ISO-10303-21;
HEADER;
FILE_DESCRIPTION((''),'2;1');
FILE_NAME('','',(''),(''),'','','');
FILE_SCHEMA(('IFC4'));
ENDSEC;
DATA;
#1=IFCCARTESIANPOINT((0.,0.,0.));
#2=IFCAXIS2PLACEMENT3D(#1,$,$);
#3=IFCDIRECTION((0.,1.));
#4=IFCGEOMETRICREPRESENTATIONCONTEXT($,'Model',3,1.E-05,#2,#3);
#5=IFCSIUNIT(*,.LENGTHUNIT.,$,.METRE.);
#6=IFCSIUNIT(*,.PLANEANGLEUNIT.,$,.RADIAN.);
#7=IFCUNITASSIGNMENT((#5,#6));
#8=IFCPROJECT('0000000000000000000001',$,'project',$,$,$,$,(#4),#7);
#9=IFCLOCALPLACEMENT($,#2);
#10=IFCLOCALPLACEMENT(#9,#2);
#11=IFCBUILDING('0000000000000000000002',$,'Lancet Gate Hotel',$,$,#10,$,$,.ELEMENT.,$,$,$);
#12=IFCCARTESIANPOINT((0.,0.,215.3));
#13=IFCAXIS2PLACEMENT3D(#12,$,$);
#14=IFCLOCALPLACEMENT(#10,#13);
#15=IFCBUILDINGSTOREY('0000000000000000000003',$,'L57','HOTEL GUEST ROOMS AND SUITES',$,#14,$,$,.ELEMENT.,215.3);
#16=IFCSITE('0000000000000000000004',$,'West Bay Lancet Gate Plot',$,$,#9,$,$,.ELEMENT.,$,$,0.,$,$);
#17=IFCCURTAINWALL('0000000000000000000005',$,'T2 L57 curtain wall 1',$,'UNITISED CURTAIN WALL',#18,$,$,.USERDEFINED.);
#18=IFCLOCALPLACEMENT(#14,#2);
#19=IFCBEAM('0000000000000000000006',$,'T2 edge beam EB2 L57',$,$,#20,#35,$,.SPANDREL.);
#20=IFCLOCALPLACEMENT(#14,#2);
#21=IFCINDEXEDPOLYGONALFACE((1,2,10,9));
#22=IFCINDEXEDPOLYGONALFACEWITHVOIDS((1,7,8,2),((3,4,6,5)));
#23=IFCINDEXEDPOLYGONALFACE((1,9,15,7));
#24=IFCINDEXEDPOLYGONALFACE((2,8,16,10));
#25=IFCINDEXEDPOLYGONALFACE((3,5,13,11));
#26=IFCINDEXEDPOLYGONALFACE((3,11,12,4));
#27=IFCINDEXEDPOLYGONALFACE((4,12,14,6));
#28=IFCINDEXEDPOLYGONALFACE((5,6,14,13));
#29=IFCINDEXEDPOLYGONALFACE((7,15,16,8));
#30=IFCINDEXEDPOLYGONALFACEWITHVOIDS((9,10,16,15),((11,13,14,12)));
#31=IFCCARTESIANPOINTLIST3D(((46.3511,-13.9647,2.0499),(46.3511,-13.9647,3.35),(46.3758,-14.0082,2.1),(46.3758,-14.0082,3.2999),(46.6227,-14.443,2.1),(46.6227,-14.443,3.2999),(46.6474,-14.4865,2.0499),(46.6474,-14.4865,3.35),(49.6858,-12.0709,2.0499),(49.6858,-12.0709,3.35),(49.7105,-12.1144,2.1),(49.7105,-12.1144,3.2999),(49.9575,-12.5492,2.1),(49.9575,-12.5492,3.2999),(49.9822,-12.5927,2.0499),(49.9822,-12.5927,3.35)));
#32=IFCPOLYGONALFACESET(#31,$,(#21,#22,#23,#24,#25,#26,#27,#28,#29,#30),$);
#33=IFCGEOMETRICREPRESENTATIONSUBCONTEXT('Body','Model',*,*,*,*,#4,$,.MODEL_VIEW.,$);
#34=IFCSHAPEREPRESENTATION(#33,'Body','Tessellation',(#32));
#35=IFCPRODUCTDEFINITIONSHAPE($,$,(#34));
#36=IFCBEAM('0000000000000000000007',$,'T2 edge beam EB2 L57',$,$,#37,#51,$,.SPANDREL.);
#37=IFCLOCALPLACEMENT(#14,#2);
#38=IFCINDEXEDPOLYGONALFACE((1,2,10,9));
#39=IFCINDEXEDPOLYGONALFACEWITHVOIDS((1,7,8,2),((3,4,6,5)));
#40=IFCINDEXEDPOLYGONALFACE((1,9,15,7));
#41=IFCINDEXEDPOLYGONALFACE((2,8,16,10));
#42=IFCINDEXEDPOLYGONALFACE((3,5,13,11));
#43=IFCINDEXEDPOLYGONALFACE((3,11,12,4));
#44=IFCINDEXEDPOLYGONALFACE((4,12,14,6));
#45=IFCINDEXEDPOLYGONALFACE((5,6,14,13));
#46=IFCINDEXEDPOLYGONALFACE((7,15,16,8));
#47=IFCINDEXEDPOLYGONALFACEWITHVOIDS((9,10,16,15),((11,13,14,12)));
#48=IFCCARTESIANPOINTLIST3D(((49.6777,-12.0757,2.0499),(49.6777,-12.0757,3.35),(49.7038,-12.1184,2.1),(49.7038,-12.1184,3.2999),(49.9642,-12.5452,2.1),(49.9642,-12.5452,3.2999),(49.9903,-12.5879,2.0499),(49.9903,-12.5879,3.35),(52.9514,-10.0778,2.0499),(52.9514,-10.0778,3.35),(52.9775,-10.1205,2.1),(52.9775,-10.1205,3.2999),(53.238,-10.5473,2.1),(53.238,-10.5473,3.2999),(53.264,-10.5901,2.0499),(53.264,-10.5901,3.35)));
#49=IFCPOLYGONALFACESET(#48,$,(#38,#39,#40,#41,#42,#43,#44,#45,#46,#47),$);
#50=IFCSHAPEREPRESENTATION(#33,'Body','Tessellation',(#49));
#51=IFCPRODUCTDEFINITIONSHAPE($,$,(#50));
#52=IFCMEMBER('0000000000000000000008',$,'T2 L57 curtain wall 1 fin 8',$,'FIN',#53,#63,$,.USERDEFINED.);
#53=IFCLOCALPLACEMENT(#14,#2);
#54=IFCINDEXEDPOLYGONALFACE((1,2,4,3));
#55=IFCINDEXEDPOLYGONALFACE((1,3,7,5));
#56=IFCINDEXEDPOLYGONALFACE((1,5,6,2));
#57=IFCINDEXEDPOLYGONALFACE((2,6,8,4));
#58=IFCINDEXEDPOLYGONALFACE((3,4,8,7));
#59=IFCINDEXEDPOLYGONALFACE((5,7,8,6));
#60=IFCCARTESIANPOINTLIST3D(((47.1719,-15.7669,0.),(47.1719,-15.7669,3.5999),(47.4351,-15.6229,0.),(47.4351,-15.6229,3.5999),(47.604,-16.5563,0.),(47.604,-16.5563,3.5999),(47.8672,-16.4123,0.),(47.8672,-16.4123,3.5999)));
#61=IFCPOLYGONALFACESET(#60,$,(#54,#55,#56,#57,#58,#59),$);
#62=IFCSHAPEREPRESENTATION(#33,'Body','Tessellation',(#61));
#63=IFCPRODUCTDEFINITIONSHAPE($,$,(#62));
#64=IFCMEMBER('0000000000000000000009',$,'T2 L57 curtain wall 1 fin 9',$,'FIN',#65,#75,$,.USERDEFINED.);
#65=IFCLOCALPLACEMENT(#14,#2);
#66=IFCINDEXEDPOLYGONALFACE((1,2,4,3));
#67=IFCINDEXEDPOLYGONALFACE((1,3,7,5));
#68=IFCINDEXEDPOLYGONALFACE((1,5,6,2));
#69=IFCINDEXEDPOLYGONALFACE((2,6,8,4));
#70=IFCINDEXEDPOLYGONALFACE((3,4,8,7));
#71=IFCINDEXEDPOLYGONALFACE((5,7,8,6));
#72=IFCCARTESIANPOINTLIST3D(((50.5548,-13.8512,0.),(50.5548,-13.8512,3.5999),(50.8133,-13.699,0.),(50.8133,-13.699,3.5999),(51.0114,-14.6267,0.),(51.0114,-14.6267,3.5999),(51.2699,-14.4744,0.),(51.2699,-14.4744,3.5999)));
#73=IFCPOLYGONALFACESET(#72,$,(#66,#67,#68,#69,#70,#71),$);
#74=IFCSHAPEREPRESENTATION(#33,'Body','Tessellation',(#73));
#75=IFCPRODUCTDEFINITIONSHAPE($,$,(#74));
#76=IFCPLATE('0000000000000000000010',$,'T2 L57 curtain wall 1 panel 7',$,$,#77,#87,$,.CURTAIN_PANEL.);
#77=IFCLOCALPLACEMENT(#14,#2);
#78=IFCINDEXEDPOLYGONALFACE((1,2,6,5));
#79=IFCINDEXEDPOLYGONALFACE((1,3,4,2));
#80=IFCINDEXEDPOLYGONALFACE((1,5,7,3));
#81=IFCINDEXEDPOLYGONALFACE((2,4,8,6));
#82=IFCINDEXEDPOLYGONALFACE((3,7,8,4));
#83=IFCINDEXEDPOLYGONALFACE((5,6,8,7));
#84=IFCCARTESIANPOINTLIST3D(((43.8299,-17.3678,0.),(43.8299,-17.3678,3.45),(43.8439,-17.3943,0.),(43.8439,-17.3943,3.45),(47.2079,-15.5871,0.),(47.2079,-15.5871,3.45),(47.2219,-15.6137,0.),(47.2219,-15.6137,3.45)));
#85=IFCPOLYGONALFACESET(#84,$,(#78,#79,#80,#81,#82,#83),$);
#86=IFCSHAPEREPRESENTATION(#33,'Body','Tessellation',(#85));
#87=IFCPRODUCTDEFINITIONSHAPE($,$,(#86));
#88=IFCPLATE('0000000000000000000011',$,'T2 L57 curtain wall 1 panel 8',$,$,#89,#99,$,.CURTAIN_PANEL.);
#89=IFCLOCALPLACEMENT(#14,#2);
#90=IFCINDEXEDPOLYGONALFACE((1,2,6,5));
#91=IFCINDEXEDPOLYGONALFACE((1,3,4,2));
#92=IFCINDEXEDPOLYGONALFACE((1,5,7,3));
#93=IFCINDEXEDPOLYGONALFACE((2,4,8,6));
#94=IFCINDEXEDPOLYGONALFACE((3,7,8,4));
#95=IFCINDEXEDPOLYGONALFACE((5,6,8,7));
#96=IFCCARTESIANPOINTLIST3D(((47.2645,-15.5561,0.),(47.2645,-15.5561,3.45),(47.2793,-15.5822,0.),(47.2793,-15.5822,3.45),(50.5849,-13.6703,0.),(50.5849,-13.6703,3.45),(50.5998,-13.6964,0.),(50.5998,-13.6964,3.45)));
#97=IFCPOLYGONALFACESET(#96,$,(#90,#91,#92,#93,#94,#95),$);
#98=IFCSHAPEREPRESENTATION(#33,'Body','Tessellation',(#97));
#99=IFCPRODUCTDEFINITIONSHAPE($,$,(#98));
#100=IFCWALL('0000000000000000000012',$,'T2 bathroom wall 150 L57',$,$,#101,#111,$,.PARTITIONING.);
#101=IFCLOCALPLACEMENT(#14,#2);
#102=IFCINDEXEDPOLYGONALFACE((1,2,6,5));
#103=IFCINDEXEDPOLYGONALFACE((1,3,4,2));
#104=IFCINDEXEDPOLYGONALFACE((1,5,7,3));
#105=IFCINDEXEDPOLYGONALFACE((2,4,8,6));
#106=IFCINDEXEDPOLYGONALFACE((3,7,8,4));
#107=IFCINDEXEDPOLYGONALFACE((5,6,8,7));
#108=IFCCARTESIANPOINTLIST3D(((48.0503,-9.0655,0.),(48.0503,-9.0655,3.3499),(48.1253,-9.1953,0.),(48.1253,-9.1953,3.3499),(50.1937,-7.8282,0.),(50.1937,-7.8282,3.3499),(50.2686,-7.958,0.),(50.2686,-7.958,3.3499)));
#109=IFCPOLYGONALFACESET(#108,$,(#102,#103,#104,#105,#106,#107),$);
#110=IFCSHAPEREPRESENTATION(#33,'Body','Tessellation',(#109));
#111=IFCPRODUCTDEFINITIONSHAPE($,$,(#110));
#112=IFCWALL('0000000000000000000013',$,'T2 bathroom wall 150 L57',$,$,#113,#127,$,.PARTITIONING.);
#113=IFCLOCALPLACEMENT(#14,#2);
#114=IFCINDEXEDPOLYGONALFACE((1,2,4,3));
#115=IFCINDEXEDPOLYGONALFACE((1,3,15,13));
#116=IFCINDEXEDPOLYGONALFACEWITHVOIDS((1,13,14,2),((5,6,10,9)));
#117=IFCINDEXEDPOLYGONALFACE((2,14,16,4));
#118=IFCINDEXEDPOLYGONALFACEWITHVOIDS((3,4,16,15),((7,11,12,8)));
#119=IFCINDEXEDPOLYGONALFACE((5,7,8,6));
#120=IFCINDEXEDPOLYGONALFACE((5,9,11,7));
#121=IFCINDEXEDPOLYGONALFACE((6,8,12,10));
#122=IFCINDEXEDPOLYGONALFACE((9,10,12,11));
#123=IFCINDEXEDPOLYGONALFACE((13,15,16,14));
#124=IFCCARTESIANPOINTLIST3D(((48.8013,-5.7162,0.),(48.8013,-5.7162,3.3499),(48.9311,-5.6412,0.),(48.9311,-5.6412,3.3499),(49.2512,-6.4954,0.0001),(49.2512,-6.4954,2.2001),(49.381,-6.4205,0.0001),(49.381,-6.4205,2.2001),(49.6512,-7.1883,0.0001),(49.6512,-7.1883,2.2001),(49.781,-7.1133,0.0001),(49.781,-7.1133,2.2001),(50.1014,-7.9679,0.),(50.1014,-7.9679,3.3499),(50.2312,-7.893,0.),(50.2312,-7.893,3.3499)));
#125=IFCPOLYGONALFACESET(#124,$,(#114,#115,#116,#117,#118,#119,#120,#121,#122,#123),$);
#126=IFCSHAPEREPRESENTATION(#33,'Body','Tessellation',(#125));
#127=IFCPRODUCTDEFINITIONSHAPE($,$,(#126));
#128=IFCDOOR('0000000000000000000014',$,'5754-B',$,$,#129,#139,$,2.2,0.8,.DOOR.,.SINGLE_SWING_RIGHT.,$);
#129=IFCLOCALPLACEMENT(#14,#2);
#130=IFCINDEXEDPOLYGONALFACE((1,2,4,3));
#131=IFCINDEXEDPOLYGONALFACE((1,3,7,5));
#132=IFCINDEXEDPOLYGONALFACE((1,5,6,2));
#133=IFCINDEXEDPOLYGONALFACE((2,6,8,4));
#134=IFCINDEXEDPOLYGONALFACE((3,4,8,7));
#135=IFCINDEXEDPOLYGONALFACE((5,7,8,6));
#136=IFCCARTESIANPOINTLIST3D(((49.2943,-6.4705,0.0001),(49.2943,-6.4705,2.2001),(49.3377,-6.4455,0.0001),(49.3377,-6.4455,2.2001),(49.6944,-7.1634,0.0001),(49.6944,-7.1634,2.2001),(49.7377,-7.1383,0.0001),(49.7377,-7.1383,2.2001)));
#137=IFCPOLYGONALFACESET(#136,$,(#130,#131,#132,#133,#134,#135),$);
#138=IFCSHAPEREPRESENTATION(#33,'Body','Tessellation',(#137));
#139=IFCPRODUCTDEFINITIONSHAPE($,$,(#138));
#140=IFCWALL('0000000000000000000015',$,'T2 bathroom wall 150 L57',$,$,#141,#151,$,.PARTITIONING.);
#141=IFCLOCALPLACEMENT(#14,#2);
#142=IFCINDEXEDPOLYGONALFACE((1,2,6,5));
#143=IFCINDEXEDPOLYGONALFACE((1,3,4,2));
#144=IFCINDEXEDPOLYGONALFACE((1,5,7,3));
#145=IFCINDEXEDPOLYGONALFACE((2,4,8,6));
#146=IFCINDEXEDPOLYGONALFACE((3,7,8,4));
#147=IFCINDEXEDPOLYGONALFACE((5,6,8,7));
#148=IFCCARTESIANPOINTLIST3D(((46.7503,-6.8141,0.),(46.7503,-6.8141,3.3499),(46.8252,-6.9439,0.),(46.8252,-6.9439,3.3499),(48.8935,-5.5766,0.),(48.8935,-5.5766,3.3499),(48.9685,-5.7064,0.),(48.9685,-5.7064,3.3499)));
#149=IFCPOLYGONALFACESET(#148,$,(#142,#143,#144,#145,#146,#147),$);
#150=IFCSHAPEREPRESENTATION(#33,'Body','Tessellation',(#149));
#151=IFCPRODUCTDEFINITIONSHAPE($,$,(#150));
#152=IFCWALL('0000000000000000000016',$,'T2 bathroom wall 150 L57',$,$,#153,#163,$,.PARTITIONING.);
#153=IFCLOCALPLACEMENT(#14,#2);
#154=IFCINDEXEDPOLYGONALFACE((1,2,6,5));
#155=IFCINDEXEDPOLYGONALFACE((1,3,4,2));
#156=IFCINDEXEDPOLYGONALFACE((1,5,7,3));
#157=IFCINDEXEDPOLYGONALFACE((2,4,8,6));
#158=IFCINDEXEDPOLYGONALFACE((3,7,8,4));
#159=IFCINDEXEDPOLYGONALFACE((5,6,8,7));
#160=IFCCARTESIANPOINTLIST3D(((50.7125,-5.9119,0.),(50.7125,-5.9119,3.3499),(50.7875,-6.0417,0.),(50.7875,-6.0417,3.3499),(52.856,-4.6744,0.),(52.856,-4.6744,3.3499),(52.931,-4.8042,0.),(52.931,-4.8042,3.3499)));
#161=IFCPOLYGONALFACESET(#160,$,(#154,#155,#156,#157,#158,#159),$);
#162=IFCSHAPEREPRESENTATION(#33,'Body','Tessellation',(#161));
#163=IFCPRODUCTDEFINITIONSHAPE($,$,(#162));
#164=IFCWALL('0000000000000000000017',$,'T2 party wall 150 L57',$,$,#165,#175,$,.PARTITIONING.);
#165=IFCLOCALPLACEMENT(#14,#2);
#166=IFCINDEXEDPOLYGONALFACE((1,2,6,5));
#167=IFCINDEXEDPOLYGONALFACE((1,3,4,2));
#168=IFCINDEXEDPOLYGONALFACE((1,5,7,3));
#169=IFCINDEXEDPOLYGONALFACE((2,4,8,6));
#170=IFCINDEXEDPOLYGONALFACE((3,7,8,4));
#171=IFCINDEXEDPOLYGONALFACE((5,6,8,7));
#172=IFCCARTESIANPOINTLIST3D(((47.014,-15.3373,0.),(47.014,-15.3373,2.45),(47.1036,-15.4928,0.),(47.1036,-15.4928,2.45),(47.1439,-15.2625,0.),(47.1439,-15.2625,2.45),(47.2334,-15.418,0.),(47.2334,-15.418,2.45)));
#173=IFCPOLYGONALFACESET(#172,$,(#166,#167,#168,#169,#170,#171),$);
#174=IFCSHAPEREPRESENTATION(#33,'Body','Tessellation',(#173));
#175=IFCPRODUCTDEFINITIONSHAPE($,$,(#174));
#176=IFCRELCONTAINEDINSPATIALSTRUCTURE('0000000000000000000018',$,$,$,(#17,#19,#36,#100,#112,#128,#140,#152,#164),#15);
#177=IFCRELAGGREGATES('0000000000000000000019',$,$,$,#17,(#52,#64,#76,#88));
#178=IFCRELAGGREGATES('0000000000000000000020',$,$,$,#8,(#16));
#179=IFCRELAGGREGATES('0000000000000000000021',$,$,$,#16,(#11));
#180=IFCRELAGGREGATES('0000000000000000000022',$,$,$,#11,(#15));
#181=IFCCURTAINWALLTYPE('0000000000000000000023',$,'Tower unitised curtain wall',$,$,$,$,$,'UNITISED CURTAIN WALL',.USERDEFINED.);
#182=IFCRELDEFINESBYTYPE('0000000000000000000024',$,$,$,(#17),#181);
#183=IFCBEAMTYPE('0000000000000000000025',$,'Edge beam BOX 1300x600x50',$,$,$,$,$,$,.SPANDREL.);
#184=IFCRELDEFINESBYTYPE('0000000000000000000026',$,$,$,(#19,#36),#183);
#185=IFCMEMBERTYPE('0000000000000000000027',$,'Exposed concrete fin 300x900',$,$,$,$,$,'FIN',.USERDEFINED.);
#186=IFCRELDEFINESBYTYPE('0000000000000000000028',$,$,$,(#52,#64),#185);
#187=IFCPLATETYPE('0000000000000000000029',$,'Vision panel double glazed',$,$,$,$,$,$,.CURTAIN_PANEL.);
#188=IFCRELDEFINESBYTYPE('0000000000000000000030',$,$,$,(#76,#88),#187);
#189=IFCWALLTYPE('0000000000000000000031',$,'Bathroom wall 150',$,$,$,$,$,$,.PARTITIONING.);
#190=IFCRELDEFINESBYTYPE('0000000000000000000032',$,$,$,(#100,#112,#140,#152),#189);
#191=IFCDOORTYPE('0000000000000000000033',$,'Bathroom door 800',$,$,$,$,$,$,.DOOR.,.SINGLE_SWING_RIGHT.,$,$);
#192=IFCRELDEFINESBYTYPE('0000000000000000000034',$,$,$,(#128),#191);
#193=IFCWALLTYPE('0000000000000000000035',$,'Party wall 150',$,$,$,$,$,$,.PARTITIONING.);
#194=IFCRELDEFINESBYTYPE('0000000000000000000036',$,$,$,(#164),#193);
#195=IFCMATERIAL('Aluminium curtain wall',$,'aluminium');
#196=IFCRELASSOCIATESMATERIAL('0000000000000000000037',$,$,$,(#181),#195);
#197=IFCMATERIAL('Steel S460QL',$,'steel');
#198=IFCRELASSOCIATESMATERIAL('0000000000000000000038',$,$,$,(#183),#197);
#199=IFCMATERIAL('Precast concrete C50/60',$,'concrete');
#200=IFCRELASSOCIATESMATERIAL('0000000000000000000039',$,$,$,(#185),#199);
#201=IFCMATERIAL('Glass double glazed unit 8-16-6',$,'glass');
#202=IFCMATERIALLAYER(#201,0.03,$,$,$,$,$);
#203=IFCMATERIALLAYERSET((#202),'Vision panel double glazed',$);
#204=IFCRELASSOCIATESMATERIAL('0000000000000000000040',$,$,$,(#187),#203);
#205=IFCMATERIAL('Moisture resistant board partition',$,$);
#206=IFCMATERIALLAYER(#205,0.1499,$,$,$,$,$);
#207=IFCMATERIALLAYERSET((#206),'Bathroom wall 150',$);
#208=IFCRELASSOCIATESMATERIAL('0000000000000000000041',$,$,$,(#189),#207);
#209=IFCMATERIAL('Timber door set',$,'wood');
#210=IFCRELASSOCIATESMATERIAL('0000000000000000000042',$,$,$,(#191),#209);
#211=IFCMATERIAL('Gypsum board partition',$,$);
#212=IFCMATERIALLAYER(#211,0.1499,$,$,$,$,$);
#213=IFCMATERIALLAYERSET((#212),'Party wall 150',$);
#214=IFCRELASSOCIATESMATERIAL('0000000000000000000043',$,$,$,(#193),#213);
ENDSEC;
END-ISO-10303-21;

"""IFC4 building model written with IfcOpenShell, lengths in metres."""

from ifc_helpers import new_model, si_unit, direction, frame, frame_2d, origin, origin_2d, place, context, subcontext, project, spatial, rectangle, hollow_rectangle, extrude, material, layer, layer_set, material_profile, profile_set, type_object, element, fill, aggregate, save


model = new_model("IFC4")

# Units and contexts
model_context = context("Model", 3, precision=1e-05, world=origin(), true_north=direction((0.0, 1.0)))
body_context = subcontext(model_context, "Body", "Model", "MODEL_VIEW")
ifc_project = project(units=[si_unit("LENGTHUNIT", "METRE"), si_unit("PLANEANGLEUNIT", "RADIAN")], contexts=[model_context])

# Site, building, storey
site_placement = place(None, origin())
site = spatial("IfcSite", under=ifc_project, at=site_placement, Name="West Bay Lancet Gate Plot", CompositionType="ELEMENT", RefElevation=0.0)
building_placement = place(site_placement, origin())
building = spatial("IfcBuilding", under=site, at=building_placement, Name="Lancet Gate Hotel", CompositionType="ELEMENT")
storey_placement = place(building_placement, frame((0.0, 0.0, 215.3)))
storey = spatial("IfcBuildingStorey", under=building, at=storey_placement, Name="L57", Description="HOTEL GUEST ROOMS AND SUITES", CompositionType="ELEMENT", Elevation=215.3)

# Curtain wall
ifc_material_1 = material(Name="Aluminium curtain wall", Category="aluminium")
curtain_wall_type = type_object("IfcCurtainWallType", Name="Tower unitised curtain wall", ElementType="UNITISED CURTAIN WALL", PredefinedType="USERDEFINED", material=ifc_material_1)
curtain_wall_placement = place(storey_placement, origin())
curtain_wall = element("IfcCurtainWall", 1, at=curtain_wall_placement, inside=storey, type_object=curtain_wall_type, Name="T2 L57 curtain wall 1", ObjectType="UNITISED CURTAIN WALL", PredefinedType="USERDEFINED")

# Beams
ifc_material_2 = material(Name="Steel S460QL", Category="steel")
ifc_material_profile_1 = material_profile(ifc_material_2, hollow_rectangle(XDim=0.6001, YDim=1.3, WallThickness=0.05, at=origin_2d()), Name="BOX 1300x600x50")
ifc_profile_set_1 = profile_set([ifc_material_profile_1], Name="Steel S460QL")
beam_type = type_object("IfcBeamType", Name="Edge beam BOX 1300x600x50", PredefinedType="SPANDREL", material=ifc_profile_set_1)
beam_1_placement = place(storey_placement, frame((46.4993, -14.2256, 2.7), z_axis=(0.86956, 0.493827, 0.0), x_axis=(-0.493827, 0.86956, 0.0)))
element("IfcBeam", 2, at=beam_1_placement, inside=storey, type_object=beam_type, Name="T2 edge beam EB2 L57", PredefinedType="SPANDREL", context=body_context, shape_type="SweptSolid", body=[
    extrude(hollow_rectangle(XDim=0.6001, YDim=1.3, WallThickness=0.05, at=origin_2d()), origin(), (0.0, 0.0, 1.0), 3.835),
])
beam_2_placement = place(storey_placement, frame((49.834, -12.3318, 2.7), z_axis=(0.853604, 0.520922, 0.0), x_axis=(-0.520922, 0.853604, 0.0)))
element("IfcBeam", 3, at=beam_2_placement, inside=storey, type_object=beam_type, Name="T2 edge beam EB2 L57", PredefinedType="SPANDREL", context=body_context, shape_type="SweptSolid", body=[
    extrude(hollow_rectangle(XDim=0.6001, YDim=1.3, WallThickness=0.05, at=origin_2d()), origin(), (0.0, 0.0, 1.0), 3.8352),
])

# Members
ifc_material_3 = material(Name="Precast concrete C50/60", Category="concrete")
ifc_material_profile_2 = material_profile(ifc_material_3, rectangle(XDim=0.3, YDim=0.8999, at=origin_2d()), Name="FIN 300x900")
ifc_profile_set_2 = profile_set([ifc_material_profile_2], Name="Precast concrete C50/60")
member_type_1 = type_object("IfcMemberType", Name="Exposed concrete fin 300x900", ElementType="FIN", PredefinedType="USERDEFINED", material=ifc_profile_set_2)
member_1_placement = place(storey_placement, frame((47.5195, -16.0896, 0.0), z_axis=(0.0, 0.0, 1.0), x_axis=(0.877195, 0.480135, 0.0)))
member_1 = element("IfcMember", 4, at=member_1_placement, type_object=member_type_1, Name="T2 L57 curtain wall 1 fin 8", ObjectType="FIN", PredefinedType="USERDEFINED", context=body_context, shape_type="SweptSolid", body=[
    extrude(rectangle(XDim=0.3, YDim=0.8999, at=origin_2d()), origin(), (0.0, 0.0, 1.0), 3.5999),
])
member_2_placement = place(storey_placement, frame((50.9124, -14.1628, 0.0), z_axis=(0.0, 0.0, 1.0), x_axis=(0.861692, 0.507432, 0.0)))
member_2 = element("IfcMember", 5, at=member_2_placement, type_object=member_type_1, Name="T2 L57 curtain wall 1 fin 9", ObjectType="FIN", PredefinedType="USERDEFINED", context=body_context, shape_type="SweptSolid", body=[
    extrude(rectangle(XDim=0.3, YDim=0.8999, at=origin_2d()), origin(), (0.0, 0.0, 1.0), 3.5999),
])

# Plates
ifc_material_4 = material(Name="Glass double glazed unit 8-16-6", Category="glass")
ifc_layer_1 = layer(ifc_material_4, 0.03)
ifc_layer_set_1 = layer_set([ifc_layer_1], Name="Vision panel double glazed")
plate_type = type_object("IfcPlateType", Name="Vision panel double glazed", PredefinedType="CURTAIN_PANEL", material=ifc_layer_set_1)
plate_1_placement = place(storey_placement, frame((45.5259, -16.4907, 0.0), z_axis=(0.0, 0.0, 1.0), x_axis=(0.884623, 0.466307, 0.0)))
plate_1 = element("IfcPlate", 6, at=plate_1_placement, type_object=plate_type, Name="T2 L57 curtain wall 1 panel 7", PredefinedType="CURTAIN_PANEL", context=body_context, shape_type="SweptSolid", body=[
    extrude(rectangle(XDim=3.8186, YDim=0.03, at=origin_2d()), origin(), (0.0, 0.0, 1.0), 3.45),
])
plate_2_placement = place(storey_placement, frame((48.9321, -14.6262, 0.0), z_axis=(0.0, 0.0, 1.0), x_axis=(0.86955, 0.493844, 0.0)))
plate_2 = element("IfcPlate", 7, at=plate_2_placement, type_object=plate_type, Name="T2 L57 curtain wall 1 panel 8", PredefinedType="CURTAIN_PANEL", context=body_context, shape_type="SweptSolid", body=[
    extrude(rectangle(XDim=3.8186, YDim=0.03, at=origin_2d()), origin(), (0.0, 0.0, 1.0), 3.45),
])
aggregate(curtain_wall, [member_1, member_2, plate_1, plate_2])

# Wall
ifc_material_5 = material(Name="Moisture resistant board partition")
ifc_layer_2 = layer(ifc_material_5, 0.1499)
ifc_layer_set_2 = layer_set([ifc_layer_2], Name="Bathroom wall 150")
wall_type_1 = type_object("IfcWallType", Name="Bathroom wall 150", PredefinedType="PARTITIONING", material=ifc_layer_set_2)
wall_1_placement = place(storey_placement, frame((48.0879, -9.1304, 0.0), z_axis=(0.0, 0.0, 1.0), x_axis=(0.866049, 0.499959, 0.0)))
element("IfcWall", 8, at=wall_1_placement, inside=storey, type_object=wall_type_1, Name="T2 bathroom wall 150 L57", PredefinedType="PARTITIONING", context=body_context, shape_type="SweptSolid", body=[
    extrude(rectangle(XDim=2.4749, YDim=0.1499, at=frame_2d((1.2373, 0.0))), origin(), (0.0, 0.0, 1.0), 3.3499),
])

# Wall, opening, door
wall_2_placement = place(storey_placement, frame((48.8662, -5.6787, 0.0), z_axis=(0.0, 0.0, 1.0), x_axis=(0.500007, -0.866021, 0.0)))
wall_2 = element("IfcWall", 9, at=wall_2_placement, inside=storey, type_object=wall_type_1, Name="T2 bathroom wall 150 L57", PredefinedType="PARTITIONING", context=body_context, shape_type="SweptSolid", body=[
    extrude(rectangle(XDim=2.6001, YDim=0.1499, at=frame_2d((1.3, 0.0))), origin(), (0.0, 0.0, 1.0), 3.3499),
])
opening_placement = place(wall_2_placement, frame((0.8999, 0.0, 0.0)))
opening = element("IfcOpeningElement", 10, at=opening_placement, cuts=wall_2, PredefinedType="OPENING", context=body_context, shape_type="SweptSolid", body=[
    extrude(rectangle(XDim=0.8, YDim=2.2, at=frame_2d((0.3999, 1.1001))), frame((0.0, 0.085, 0.0), z_axis=(0.0, -1.0, 0.0), x_axis=(1.0, 0.0, 0.0)), (0.0, 0.0, 1.0), 0.1699),
])
ifc_material_6 = material(Name="Timber door set", Category="wood")
door_type = type_object("IfcDoorType", Name="Bathroom door 800", OperationType="SINGLE_SWING_RIGHT", PredefinedType="DOOR", material=ifc_material_6)
door_placement = place(opening_placement, origin())
door = element("IfcDoor", 11, at=door_placement, inside=storey, type_object=door_type, Name="5754-B", OperationType="SINGLE_SWING_RIGHT", OverallHeight=2.2, OverallWidth=0.8, PredefinedType="DOOR", context=body_context, shape_type="SweptSolid", body=[
    extrude(rectangle(XDim=0.8, YDim=2.2, at=frame_2d((0.3999, 1.1001))), frame((0.0, 0.0249, 0.0), z_axis=(0.0, -1.0, 0.0), x_axis=(1.0, 0.0, 0.0)), (0.0, 0.0, 1.0), 0.05),
])
fill(opening, door)

# Walls
wall_3_placement = place(storey_placement, frame((46.7878, -6.8789, 0.0), z_axis=(0.0, 0.0, 1.0), x_axis=(0.866007, 0.500033, 0.0)))
element("IfcWall", 12, at=wall_3_placement, inside=storey, type_object=wall_type_1, Name="T2 bathroom wall 150 L57", PredefinedType="PARTITIONING", context=body_context, shape_type="SweptSolid", body=[
    extrude(rectangle(XDim=2.4749, YDim=0.1499, at=frame_2d((1.2373, 0.0))), origin(), (0.0, 0.0, 1.0), 3.3499),
])
wall_4_placement = place(storey_placement, frame((50.75, -5.9768, 0.0), z_axis=(0.0, 0.0, 1.0), x_axis=(0.866031, 0.49999, 0.0)))
element("IfcWall", 13, at=wall_4_placement, inside=storey, type_object=wall_type_1, Name="T2 bathroom wall 150 L57", PredefinedType="PARTITIONING", context=body_context, shape_type="SweptSolid", body=[
    extrude(rectangle(XDim=2.4751, YDim=0.1499, at=frame_2d((1.2375, 0.0))), origin(), (0.0, 0.0, 1.0), 3.3499),
])
ifc_material_7 = material(Name="Gypsum board partition")
ifc_layer_3 = layer(ifc_material_7, 0.1499)
ifc_layer_set_3 = layer_set([ifc_layer_3], Name="Party wall 150")
wall_type_2 = type_object("IfcWallType", Name="Party wall 150", PredefinedType="PARTITIONING", material=ifc_layer_set_3)
wall_5_placement = place(storey_placement, frame((47.0789, -15.2998, 0.0), z_axis=(0.0, 0.0, 1.0), x_axis=(0.499212, -0.86648, 0.0)))
element("IfcWall", 14, at=wall_5_placement, inside=storey, type_object=wall_type_2, Name="T2 party wall 150 L57", PredefinedType="PARTITIONING", context=body_context, shape_type="SweptSolid", body=[
    extrude(rectangle(XDim=0.1794, YDim=0.1499, at=frame_2d((0.0898, 0.0))), origin(), (0.0, 0.0, 1.0), 2.45),
])

save(model, "model.ifc")
